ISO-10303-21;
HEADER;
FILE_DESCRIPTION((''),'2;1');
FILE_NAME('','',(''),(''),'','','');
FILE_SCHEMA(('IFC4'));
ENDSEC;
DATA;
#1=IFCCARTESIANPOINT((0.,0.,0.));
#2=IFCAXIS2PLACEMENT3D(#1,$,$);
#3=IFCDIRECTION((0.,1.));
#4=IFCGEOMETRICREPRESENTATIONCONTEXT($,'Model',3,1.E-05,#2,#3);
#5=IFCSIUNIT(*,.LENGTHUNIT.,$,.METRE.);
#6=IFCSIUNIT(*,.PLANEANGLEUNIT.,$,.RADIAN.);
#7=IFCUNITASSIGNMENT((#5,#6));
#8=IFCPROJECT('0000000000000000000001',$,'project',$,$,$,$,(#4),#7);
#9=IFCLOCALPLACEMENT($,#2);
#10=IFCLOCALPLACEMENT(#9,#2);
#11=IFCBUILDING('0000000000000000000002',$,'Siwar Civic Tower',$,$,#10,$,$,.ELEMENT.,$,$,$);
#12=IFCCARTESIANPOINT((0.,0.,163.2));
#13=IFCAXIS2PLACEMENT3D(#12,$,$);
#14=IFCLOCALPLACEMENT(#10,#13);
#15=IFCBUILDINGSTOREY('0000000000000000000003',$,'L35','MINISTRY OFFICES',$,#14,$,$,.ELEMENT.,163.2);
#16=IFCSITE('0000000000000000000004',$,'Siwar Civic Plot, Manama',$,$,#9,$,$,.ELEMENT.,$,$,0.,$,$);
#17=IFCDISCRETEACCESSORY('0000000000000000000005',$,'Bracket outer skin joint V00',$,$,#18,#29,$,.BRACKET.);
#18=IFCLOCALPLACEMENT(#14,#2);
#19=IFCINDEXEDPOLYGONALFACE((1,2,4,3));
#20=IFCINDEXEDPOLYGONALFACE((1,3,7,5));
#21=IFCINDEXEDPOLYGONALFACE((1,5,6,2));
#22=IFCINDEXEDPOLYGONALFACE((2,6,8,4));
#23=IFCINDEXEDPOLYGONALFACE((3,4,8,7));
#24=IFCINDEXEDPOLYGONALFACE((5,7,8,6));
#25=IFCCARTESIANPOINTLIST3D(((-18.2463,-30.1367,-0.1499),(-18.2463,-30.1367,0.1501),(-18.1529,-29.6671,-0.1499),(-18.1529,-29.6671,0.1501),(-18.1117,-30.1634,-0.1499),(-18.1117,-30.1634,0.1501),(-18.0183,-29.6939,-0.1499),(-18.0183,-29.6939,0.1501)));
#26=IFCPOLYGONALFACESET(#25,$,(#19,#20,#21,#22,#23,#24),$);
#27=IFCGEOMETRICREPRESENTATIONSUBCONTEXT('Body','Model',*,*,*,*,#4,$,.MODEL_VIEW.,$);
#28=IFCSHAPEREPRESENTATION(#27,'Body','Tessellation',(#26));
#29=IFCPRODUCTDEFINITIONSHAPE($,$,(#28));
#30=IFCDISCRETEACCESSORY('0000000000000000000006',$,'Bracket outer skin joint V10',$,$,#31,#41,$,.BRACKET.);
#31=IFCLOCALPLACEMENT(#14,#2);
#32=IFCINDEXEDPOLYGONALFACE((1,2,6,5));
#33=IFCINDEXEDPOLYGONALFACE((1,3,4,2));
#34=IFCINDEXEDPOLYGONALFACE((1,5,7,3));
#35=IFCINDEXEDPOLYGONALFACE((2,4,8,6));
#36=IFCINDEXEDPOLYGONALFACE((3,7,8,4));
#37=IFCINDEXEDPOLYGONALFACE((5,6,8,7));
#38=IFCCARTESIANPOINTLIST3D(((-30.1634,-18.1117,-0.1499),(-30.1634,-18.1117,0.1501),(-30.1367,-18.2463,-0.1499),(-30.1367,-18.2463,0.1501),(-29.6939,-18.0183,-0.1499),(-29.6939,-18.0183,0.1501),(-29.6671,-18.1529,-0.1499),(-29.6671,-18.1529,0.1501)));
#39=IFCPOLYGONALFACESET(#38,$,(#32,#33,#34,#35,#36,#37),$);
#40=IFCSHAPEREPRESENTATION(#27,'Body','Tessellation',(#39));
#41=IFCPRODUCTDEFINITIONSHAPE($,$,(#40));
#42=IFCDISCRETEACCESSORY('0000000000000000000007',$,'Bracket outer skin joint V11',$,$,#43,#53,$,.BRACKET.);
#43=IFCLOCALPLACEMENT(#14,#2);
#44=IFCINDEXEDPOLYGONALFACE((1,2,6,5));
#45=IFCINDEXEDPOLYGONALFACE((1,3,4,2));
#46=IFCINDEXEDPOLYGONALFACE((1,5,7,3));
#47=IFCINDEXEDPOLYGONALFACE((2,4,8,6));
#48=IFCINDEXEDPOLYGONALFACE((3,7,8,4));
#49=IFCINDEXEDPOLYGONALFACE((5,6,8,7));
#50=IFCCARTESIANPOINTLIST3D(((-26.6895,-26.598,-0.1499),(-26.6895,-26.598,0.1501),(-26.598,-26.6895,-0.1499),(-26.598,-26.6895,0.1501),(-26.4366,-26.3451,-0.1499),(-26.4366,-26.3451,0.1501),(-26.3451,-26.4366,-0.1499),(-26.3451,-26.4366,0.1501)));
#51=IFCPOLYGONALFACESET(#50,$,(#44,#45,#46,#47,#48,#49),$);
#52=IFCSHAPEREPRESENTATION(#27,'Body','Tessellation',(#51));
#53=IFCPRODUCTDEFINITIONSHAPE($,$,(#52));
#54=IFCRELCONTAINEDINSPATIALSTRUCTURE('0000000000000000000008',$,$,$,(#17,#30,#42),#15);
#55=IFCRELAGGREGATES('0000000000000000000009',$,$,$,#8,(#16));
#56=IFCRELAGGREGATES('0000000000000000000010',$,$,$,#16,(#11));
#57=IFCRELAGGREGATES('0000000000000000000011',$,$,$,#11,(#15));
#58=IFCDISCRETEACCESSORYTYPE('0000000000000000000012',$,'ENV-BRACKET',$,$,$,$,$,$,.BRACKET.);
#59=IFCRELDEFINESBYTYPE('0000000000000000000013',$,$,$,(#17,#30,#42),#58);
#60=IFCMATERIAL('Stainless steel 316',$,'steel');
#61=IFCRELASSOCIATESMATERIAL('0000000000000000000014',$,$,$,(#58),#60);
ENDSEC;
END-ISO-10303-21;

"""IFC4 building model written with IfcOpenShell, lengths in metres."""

from ifc_helpers import new_model, si_unit, direction, frame, origin, origin_2d, place, context, subcontext, project, spatial, rectangle, extrude, material, type_object, element, save


model = new_model("IFC4")

# Units and contexts
model_context = context("Model", 3, precision=1e-05, world=origin(), true_north=direction((0.0, 1.0)))
body_context = subcontext(model_context, "Body", "Model", "MODEL_VIEW")
ifc_project = project(units=[si_unit("LENGTHUNIT", "METRE"), si_unit("PLANEANGLEUNIT", "RADIAN")], contexts=[model_context])

# Site, building, storey
site_placement = place(None, origin())
site = spatial("IfcSite", under=ifc_project, at=site_placement, Name="Siwar Civic Plot, Manama", CompositionType="ELEMENT", RefElevation=0.0)
building_placement = place(site_placement, origin())
building = spatial("IfcBuilding", under=site, at=building_placement, Name="Siwar Civic Tower", CompositionType="ELEMENT")
storey_placement = place(building_placement, frame((0.0, 0.0, 163.2)))
storey = spatial("IfcBuildingStorey", under=building, at=storey_placement, Name="L35", Description="MINISTRY OFFICES", CompositionType="ELEMENT", Elevation=163.2)

# Discrete accessories
ifc_material_1 = material(Name="Stainless steel 316", Category="steel")
discrete_accessory_type = type_object("IfcDiscreteAccessoryType", Name="ENV-BRACKET", PredefinedType="BRACKET", material=ifc_material_1)
for number, where, z_axis, x_axis, name in (
    (1, (-18.1323, -29.9153, -0.1499), (0.0, 0.0, 1.0), (-0.19509, -0.980785, 0.0), "Bracket outer skin joint V00"),
    (2, (-29.9153, -18.1323, -0.1499), (0.0, 0.0, 1.0), (-0.980785, -0.19509, 0.0), "Bracket outer skin joint V10"),
):
    element("IfcDiscreteAccessory", number, at=place(storey_placement, frame(where, z_axis=z_axis, x_axis=x_axis)), inside=storey, type_object=discrete_accessory_type, Name=name, PredefinedType="BRACKET", context=body_context, shape_type="SweptSolid", body=[
        extrude(rectangle(XDim=0.4788, YDim=0.1372, at=origin_2d()), origin(), (0.0, 0.0, 1.0), 0.3),
    ])
discrete_accessory_placement = place(storey_placement, frame((-26.5173, -26.5173, -0.1499), z_axis=(0.0, 0.0, 1.0), x_axis=(-0.707107, -0.707107, 0.0)))
element("IfcDiscreteAccessory", 3, at=discrete_accessory_placement, inside=storey, type_object=discrete_accessory_type, Name="Bracket outer skin joint V11", PredefinedType="BRACKET", context=body_context, shape_type="SweptSolid", body=[
    extrude(rectangle(XDim=0.3577, YDim=0.1294, at=origin_2d()), origin(), (0.0, 0.0, 1.0), 0.3),
])

save(model, "model.ifc")
